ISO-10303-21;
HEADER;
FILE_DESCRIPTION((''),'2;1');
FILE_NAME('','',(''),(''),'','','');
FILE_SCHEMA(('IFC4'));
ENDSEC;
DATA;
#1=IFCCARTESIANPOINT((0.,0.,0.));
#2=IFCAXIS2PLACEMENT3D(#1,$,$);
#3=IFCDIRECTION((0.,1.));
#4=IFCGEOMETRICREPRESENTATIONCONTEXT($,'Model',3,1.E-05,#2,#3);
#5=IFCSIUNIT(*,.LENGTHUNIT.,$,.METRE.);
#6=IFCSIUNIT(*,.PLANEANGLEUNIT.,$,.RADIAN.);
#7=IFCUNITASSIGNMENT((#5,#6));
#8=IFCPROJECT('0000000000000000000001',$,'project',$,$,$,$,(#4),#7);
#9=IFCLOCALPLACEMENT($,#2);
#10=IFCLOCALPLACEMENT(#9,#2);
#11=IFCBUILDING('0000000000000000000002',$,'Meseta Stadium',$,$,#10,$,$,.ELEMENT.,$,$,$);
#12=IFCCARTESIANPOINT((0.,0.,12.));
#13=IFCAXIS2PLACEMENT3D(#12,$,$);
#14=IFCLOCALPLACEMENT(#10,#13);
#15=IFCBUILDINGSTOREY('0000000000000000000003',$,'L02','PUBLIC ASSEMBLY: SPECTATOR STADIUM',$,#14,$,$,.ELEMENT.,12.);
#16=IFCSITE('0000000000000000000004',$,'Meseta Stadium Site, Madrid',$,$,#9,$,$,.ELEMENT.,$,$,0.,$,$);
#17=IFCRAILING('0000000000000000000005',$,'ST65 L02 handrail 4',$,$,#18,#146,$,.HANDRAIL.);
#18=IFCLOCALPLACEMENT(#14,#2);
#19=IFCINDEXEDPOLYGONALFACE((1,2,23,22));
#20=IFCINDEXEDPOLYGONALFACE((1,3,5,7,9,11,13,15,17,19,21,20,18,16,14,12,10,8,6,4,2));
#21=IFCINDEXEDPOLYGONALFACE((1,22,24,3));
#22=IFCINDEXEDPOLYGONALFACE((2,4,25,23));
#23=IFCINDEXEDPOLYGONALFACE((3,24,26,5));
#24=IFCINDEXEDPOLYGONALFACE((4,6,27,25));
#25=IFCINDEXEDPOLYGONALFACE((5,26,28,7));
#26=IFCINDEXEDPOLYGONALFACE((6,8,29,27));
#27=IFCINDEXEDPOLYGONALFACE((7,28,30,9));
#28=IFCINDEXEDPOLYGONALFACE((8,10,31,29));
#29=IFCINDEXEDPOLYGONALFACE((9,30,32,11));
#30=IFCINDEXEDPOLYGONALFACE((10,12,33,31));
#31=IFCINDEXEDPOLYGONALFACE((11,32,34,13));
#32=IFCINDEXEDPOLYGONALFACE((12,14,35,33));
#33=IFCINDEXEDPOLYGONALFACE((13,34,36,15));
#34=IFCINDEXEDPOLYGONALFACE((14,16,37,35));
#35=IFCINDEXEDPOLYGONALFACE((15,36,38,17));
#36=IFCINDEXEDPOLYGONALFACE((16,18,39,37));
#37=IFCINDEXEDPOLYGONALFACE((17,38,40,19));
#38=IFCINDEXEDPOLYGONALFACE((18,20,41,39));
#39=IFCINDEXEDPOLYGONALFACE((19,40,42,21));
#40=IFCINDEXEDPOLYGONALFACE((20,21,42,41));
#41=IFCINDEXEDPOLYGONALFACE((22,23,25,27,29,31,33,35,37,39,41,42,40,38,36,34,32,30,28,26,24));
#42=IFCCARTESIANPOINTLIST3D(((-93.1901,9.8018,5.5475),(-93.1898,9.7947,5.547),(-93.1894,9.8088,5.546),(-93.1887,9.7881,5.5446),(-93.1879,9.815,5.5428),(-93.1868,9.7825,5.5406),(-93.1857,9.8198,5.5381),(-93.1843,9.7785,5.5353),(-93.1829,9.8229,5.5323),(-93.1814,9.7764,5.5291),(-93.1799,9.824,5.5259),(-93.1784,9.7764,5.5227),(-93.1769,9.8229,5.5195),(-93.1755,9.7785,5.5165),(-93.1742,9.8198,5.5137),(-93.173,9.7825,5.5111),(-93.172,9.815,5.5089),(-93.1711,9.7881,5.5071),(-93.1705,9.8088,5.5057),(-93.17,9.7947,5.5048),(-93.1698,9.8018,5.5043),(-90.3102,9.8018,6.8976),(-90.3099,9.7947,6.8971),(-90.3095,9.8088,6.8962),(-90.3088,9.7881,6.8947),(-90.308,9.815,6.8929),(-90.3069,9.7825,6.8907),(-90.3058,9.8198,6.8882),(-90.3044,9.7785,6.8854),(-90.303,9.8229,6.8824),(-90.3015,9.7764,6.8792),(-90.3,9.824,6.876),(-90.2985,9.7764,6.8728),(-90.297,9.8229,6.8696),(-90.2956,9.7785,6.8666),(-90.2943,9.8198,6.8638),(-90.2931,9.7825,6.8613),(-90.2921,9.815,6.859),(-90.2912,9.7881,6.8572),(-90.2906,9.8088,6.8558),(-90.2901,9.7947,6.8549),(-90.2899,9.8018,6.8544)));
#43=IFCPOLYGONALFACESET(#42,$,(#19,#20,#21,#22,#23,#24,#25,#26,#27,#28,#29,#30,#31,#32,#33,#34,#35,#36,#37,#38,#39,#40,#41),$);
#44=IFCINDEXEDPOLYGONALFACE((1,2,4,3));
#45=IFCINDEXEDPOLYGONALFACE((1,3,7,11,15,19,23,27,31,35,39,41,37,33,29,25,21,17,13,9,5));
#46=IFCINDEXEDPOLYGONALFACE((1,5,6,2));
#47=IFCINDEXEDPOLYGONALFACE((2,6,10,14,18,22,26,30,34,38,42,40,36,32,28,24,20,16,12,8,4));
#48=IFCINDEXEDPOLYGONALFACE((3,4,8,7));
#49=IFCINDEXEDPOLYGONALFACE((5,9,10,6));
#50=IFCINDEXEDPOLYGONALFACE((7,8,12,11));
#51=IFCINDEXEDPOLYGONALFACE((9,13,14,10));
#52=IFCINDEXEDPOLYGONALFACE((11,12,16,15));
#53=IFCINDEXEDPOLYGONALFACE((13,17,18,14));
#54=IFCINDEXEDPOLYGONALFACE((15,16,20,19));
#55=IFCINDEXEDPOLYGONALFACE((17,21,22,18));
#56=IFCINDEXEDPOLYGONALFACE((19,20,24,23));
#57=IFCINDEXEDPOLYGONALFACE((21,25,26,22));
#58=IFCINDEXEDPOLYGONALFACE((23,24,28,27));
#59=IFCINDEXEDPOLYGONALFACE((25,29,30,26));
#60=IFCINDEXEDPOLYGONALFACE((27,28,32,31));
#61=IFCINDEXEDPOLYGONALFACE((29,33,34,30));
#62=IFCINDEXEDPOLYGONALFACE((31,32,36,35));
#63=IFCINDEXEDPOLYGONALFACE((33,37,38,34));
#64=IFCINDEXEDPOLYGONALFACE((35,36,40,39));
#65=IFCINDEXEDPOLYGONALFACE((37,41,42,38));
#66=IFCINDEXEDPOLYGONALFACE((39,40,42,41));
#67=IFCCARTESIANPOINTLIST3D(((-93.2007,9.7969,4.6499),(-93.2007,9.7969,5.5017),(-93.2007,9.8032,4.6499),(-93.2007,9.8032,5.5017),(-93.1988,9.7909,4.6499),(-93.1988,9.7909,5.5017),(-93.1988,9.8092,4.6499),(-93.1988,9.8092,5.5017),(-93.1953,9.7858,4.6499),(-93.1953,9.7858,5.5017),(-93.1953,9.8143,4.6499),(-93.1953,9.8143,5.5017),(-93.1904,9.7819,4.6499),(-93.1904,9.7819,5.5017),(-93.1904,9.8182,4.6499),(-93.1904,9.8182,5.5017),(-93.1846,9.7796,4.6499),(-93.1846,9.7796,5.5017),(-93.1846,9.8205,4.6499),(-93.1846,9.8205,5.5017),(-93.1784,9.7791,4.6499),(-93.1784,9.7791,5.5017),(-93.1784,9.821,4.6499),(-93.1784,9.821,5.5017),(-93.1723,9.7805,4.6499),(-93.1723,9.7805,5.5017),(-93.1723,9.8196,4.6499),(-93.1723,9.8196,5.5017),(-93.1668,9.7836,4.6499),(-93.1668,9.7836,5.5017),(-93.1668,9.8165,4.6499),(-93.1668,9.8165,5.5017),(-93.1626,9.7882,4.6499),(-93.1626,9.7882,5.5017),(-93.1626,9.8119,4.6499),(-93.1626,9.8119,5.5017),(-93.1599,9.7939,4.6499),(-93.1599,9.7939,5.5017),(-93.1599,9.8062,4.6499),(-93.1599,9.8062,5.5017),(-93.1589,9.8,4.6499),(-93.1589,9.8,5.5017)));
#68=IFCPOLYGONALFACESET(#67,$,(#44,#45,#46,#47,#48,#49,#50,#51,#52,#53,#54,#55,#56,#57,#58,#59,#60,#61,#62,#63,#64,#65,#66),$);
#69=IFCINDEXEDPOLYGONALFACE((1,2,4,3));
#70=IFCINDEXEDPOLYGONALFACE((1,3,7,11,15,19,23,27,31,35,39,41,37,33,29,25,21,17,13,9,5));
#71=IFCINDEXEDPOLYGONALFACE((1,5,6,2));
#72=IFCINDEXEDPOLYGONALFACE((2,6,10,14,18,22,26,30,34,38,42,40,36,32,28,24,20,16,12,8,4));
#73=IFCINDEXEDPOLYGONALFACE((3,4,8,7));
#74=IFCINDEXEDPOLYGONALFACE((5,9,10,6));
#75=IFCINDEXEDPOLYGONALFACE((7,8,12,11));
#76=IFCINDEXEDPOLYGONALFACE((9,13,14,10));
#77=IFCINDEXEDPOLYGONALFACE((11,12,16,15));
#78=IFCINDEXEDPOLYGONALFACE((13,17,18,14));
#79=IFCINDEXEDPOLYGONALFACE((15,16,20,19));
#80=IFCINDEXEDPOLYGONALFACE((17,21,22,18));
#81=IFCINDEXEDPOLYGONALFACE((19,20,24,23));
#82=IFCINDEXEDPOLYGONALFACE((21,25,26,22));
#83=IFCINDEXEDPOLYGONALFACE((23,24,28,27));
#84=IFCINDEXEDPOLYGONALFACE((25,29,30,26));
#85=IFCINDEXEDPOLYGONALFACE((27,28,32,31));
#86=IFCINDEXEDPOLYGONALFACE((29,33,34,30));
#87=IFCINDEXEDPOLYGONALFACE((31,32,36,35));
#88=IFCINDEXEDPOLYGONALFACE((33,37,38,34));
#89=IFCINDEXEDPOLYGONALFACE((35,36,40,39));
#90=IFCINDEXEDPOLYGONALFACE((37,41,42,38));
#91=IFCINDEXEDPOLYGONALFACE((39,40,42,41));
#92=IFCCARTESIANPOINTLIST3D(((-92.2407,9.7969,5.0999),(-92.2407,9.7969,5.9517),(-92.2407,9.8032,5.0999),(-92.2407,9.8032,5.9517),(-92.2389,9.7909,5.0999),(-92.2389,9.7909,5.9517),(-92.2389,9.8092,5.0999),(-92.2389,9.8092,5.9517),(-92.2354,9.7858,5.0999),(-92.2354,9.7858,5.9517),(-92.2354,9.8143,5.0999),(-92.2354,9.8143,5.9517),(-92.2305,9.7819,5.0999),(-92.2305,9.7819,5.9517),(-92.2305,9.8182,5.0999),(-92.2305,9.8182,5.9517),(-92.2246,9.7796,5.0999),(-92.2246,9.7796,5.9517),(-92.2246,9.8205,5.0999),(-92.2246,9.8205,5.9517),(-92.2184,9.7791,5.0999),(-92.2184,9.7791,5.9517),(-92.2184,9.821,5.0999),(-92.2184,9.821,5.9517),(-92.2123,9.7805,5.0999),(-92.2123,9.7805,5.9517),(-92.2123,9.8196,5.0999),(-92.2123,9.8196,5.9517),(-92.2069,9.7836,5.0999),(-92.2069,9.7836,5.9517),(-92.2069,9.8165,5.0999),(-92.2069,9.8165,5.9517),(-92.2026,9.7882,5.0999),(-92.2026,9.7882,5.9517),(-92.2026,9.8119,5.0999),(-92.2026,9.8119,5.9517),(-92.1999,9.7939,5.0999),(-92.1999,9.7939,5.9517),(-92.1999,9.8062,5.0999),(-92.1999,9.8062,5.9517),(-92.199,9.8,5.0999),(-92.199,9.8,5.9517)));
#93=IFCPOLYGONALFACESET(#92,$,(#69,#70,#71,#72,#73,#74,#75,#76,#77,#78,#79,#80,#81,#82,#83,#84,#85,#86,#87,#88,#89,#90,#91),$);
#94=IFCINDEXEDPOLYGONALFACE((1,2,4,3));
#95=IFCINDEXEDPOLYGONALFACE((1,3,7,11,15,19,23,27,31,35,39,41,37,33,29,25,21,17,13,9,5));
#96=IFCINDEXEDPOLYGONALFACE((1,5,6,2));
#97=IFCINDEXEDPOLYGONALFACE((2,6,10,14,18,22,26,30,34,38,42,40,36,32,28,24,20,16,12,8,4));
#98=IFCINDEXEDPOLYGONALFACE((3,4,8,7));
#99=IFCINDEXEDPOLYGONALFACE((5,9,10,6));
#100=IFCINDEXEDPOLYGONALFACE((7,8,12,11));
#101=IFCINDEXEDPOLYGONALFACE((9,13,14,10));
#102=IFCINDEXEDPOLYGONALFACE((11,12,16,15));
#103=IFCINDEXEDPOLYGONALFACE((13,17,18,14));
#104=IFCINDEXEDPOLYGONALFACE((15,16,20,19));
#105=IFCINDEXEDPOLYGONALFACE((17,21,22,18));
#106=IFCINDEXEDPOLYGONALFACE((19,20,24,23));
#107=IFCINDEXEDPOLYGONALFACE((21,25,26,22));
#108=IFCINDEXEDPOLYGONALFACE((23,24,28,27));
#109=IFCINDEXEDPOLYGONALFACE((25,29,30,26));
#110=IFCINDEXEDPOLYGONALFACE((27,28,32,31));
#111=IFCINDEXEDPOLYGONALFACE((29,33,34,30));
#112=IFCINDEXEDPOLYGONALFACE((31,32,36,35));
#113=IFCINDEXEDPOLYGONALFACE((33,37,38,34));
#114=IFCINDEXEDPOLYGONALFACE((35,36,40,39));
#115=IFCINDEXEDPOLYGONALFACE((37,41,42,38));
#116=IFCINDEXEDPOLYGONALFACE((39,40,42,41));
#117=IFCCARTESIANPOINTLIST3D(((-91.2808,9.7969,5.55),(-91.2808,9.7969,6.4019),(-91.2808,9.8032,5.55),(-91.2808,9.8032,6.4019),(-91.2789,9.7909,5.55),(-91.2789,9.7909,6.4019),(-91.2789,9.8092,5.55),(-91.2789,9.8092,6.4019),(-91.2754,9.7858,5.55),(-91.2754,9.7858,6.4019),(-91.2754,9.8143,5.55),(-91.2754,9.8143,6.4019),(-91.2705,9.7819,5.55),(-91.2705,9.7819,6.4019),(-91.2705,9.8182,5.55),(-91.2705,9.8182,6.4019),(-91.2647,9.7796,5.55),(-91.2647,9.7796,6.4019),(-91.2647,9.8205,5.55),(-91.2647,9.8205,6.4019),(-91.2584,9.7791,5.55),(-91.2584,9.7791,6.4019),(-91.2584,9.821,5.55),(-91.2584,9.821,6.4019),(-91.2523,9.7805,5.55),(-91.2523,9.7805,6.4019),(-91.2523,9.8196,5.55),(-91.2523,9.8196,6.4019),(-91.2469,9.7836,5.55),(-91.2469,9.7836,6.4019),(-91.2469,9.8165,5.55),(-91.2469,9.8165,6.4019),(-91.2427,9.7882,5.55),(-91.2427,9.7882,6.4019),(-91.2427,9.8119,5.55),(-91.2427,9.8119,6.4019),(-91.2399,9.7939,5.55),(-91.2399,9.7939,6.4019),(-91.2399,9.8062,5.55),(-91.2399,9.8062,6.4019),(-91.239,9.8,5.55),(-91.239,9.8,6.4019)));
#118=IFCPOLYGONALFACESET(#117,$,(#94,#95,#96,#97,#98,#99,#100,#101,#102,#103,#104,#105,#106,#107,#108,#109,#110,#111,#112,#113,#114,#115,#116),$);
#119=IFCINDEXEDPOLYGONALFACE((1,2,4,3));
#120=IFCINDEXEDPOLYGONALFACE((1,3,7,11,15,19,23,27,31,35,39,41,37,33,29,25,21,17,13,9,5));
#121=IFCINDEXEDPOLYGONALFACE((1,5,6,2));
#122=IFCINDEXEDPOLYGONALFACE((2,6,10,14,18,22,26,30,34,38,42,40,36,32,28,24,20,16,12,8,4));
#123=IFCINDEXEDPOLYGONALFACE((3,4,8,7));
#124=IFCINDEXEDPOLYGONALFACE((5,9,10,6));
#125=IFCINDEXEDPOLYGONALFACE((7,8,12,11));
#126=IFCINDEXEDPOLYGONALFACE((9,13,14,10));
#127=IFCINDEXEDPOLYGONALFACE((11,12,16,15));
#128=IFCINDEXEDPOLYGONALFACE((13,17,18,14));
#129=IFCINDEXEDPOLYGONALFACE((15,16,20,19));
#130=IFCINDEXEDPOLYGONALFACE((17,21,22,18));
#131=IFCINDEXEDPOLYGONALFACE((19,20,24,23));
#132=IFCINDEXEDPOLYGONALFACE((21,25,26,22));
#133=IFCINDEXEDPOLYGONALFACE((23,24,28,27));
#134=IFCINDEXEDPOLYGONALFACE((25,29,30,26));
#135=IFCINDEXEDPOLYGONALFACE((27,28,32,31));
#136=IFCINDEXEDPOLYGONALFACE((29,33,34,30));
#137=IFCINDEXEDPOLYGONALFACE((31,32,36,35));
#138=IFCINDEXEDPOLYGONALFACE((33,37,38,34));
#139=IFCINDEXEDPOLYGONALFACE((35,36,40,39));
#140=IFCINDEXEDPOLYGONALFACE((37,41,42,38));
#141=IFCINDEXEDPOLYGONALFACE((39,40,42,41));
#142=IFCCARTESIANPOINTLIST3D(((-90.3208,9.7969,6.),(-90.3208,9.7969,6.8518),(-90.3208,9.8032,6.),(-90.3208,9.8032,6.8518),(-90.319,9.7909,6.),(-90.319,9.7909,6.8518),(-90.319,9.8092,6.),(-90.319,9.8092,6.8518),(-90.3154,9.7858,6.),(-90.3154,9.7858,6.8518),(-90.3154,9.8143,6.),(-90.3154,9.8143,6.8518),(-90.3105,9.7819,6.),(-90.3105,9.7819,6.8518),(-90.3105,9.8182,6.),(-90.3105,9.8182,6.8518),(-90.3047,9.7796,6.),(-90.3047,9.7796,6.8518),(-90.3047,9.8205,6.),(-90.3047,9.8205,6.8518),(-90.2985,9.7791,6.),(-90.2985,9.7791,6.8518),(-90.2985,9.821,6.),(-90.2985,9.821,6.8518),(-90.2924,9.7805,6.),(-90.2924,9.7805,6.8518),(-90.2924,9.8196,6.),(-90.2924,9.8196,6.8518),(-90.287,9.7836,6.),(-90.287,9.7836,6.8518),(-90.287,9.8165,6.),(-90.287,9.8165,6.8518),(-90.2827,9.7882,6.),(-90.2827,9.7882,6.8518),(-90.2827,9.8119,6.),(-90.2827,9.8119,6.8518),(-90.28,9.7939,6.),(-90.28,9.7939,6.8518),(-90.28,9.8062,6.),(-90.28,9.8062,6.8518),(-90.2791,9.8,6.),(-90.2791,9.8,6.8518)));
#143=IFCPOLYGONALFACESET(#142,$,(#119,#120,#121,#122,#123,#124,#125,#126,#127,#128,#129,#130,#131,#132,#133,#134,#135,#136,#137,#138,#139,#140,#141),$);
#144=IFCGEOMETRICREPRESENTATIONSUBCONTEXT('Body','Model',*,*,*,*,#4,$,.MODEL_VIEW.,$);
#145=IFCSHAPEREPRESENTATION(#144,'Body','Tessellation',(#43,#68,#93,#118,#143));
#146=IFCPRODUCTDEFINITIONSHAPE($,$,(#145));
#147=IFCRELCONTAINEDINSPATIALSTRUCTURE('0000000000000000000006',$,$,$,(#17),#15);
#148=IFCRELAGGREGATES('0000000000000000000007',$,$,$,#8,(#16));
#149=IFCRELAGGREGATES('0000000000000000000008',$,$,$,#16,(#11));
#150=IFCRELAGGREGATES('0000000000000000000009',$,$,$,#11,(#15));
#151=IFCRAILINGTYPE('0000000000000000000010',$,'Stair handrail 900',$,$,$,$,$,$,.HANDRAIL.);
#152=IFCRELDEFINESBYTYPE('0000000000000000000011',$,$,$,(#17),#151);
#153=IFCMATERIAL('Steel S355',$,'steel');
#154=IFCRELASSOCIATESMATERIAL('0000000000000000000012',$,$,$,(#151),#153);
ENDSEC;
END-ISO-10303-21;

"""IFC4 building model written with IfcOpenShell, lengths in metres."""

from ifc_helpers import new_model, si_unit, direction, frame, origin, origin_2d, place, context, subcontext, project, spatial, circle, extrude, material, type_object, element, save


model = new_model("IFC4")

# Units and contexts
model_context = context("Model", 3, precision=1e-05, world=origin(), true_north=direction((0.0, 1.0)))
body_context = subcontext(model_context, "Body", "Model", "MODEL_VIEW")
ifc_project = project(units=[si_unit("LENGTHUNIT", "METRE"), si_unit("PLANEANGLEUNIT", "RADIAN")], contexts=[model_context])

# Site, building, storey
site_placement = place(None, origin())
site = spatial("IfcSite", under=ifc_project, at=site_placement, Name="Meseta Stadium Site, Madrid", CompositionType="ELEMENT", RefElevation=0.0)
building_placement = place(site_placement, origin())
building = spatial("IfcBuilding", under=site, at=building_placement, Name="Meseta Stadium", CompositionType="ELEMENT")
storey_placement = place(building_placement, frame((0.0, 0.0, 12.0)))
storey = spatial("IfcBuildingStorey", under=building, at=storey_placement, Name="L02", Description="PUBLIC ASSEMBLY: SPECTATOR STADIUM", CompositionType="ELEMENT", Elevation=12.0)

# Railing
ifc_material_1 = material(Name="Steel S355", Category="steel")
railing_type_1 = type_object("IfcRailingType", Name="Stair handrail 900", PredefinedType="HANDRAIL", material=ifc_material_1)
railing_1_placement = place(storey_placement, frame((-93.1799, 9.8, 4.6499)))
element("IfcRailing", 1, at=railing_1_placement, inside=storey, type_object=railing_type_1, Name="ST65 L02 handrail 4", PredefinedType="HANDRAIL", context=body_context, shape_type="SweptSolid", body=[
    extrude(circle(Radius=0.0239, at=origin_2d()), frame((0.0, 0.0, 0.876), z_axis=(0.90544, 0.0, 0.424473), x_axis=(0.0, 1.0, 0.0)), (0.0, 0.0, 1.0), 3.1807),
    extrude(circle(Radius=0.021, at=origin_2d()), origin(), (0.0, 0.0, 1.0), 0.8518),
    extrude(circle(Radius=0.021, at=origin_2d()), frame((0.96, 0.0, 0.45)), (0.0, 0.0, 1.0), 0.8518),
    extrude(circle(Radius=0.021, at=origin_2d()), frame((1.9199, 0.0, 0.9001)), (0.0, 0.0, 1.0), 0.8518),
    extrude(circle(Radius=0.021, at=origin_2d()), frame((2.8799, 0.0, 1.3501)), (0.0, 0.0, 1.0), 0.8518),
])

save(model, "model.ifc")
